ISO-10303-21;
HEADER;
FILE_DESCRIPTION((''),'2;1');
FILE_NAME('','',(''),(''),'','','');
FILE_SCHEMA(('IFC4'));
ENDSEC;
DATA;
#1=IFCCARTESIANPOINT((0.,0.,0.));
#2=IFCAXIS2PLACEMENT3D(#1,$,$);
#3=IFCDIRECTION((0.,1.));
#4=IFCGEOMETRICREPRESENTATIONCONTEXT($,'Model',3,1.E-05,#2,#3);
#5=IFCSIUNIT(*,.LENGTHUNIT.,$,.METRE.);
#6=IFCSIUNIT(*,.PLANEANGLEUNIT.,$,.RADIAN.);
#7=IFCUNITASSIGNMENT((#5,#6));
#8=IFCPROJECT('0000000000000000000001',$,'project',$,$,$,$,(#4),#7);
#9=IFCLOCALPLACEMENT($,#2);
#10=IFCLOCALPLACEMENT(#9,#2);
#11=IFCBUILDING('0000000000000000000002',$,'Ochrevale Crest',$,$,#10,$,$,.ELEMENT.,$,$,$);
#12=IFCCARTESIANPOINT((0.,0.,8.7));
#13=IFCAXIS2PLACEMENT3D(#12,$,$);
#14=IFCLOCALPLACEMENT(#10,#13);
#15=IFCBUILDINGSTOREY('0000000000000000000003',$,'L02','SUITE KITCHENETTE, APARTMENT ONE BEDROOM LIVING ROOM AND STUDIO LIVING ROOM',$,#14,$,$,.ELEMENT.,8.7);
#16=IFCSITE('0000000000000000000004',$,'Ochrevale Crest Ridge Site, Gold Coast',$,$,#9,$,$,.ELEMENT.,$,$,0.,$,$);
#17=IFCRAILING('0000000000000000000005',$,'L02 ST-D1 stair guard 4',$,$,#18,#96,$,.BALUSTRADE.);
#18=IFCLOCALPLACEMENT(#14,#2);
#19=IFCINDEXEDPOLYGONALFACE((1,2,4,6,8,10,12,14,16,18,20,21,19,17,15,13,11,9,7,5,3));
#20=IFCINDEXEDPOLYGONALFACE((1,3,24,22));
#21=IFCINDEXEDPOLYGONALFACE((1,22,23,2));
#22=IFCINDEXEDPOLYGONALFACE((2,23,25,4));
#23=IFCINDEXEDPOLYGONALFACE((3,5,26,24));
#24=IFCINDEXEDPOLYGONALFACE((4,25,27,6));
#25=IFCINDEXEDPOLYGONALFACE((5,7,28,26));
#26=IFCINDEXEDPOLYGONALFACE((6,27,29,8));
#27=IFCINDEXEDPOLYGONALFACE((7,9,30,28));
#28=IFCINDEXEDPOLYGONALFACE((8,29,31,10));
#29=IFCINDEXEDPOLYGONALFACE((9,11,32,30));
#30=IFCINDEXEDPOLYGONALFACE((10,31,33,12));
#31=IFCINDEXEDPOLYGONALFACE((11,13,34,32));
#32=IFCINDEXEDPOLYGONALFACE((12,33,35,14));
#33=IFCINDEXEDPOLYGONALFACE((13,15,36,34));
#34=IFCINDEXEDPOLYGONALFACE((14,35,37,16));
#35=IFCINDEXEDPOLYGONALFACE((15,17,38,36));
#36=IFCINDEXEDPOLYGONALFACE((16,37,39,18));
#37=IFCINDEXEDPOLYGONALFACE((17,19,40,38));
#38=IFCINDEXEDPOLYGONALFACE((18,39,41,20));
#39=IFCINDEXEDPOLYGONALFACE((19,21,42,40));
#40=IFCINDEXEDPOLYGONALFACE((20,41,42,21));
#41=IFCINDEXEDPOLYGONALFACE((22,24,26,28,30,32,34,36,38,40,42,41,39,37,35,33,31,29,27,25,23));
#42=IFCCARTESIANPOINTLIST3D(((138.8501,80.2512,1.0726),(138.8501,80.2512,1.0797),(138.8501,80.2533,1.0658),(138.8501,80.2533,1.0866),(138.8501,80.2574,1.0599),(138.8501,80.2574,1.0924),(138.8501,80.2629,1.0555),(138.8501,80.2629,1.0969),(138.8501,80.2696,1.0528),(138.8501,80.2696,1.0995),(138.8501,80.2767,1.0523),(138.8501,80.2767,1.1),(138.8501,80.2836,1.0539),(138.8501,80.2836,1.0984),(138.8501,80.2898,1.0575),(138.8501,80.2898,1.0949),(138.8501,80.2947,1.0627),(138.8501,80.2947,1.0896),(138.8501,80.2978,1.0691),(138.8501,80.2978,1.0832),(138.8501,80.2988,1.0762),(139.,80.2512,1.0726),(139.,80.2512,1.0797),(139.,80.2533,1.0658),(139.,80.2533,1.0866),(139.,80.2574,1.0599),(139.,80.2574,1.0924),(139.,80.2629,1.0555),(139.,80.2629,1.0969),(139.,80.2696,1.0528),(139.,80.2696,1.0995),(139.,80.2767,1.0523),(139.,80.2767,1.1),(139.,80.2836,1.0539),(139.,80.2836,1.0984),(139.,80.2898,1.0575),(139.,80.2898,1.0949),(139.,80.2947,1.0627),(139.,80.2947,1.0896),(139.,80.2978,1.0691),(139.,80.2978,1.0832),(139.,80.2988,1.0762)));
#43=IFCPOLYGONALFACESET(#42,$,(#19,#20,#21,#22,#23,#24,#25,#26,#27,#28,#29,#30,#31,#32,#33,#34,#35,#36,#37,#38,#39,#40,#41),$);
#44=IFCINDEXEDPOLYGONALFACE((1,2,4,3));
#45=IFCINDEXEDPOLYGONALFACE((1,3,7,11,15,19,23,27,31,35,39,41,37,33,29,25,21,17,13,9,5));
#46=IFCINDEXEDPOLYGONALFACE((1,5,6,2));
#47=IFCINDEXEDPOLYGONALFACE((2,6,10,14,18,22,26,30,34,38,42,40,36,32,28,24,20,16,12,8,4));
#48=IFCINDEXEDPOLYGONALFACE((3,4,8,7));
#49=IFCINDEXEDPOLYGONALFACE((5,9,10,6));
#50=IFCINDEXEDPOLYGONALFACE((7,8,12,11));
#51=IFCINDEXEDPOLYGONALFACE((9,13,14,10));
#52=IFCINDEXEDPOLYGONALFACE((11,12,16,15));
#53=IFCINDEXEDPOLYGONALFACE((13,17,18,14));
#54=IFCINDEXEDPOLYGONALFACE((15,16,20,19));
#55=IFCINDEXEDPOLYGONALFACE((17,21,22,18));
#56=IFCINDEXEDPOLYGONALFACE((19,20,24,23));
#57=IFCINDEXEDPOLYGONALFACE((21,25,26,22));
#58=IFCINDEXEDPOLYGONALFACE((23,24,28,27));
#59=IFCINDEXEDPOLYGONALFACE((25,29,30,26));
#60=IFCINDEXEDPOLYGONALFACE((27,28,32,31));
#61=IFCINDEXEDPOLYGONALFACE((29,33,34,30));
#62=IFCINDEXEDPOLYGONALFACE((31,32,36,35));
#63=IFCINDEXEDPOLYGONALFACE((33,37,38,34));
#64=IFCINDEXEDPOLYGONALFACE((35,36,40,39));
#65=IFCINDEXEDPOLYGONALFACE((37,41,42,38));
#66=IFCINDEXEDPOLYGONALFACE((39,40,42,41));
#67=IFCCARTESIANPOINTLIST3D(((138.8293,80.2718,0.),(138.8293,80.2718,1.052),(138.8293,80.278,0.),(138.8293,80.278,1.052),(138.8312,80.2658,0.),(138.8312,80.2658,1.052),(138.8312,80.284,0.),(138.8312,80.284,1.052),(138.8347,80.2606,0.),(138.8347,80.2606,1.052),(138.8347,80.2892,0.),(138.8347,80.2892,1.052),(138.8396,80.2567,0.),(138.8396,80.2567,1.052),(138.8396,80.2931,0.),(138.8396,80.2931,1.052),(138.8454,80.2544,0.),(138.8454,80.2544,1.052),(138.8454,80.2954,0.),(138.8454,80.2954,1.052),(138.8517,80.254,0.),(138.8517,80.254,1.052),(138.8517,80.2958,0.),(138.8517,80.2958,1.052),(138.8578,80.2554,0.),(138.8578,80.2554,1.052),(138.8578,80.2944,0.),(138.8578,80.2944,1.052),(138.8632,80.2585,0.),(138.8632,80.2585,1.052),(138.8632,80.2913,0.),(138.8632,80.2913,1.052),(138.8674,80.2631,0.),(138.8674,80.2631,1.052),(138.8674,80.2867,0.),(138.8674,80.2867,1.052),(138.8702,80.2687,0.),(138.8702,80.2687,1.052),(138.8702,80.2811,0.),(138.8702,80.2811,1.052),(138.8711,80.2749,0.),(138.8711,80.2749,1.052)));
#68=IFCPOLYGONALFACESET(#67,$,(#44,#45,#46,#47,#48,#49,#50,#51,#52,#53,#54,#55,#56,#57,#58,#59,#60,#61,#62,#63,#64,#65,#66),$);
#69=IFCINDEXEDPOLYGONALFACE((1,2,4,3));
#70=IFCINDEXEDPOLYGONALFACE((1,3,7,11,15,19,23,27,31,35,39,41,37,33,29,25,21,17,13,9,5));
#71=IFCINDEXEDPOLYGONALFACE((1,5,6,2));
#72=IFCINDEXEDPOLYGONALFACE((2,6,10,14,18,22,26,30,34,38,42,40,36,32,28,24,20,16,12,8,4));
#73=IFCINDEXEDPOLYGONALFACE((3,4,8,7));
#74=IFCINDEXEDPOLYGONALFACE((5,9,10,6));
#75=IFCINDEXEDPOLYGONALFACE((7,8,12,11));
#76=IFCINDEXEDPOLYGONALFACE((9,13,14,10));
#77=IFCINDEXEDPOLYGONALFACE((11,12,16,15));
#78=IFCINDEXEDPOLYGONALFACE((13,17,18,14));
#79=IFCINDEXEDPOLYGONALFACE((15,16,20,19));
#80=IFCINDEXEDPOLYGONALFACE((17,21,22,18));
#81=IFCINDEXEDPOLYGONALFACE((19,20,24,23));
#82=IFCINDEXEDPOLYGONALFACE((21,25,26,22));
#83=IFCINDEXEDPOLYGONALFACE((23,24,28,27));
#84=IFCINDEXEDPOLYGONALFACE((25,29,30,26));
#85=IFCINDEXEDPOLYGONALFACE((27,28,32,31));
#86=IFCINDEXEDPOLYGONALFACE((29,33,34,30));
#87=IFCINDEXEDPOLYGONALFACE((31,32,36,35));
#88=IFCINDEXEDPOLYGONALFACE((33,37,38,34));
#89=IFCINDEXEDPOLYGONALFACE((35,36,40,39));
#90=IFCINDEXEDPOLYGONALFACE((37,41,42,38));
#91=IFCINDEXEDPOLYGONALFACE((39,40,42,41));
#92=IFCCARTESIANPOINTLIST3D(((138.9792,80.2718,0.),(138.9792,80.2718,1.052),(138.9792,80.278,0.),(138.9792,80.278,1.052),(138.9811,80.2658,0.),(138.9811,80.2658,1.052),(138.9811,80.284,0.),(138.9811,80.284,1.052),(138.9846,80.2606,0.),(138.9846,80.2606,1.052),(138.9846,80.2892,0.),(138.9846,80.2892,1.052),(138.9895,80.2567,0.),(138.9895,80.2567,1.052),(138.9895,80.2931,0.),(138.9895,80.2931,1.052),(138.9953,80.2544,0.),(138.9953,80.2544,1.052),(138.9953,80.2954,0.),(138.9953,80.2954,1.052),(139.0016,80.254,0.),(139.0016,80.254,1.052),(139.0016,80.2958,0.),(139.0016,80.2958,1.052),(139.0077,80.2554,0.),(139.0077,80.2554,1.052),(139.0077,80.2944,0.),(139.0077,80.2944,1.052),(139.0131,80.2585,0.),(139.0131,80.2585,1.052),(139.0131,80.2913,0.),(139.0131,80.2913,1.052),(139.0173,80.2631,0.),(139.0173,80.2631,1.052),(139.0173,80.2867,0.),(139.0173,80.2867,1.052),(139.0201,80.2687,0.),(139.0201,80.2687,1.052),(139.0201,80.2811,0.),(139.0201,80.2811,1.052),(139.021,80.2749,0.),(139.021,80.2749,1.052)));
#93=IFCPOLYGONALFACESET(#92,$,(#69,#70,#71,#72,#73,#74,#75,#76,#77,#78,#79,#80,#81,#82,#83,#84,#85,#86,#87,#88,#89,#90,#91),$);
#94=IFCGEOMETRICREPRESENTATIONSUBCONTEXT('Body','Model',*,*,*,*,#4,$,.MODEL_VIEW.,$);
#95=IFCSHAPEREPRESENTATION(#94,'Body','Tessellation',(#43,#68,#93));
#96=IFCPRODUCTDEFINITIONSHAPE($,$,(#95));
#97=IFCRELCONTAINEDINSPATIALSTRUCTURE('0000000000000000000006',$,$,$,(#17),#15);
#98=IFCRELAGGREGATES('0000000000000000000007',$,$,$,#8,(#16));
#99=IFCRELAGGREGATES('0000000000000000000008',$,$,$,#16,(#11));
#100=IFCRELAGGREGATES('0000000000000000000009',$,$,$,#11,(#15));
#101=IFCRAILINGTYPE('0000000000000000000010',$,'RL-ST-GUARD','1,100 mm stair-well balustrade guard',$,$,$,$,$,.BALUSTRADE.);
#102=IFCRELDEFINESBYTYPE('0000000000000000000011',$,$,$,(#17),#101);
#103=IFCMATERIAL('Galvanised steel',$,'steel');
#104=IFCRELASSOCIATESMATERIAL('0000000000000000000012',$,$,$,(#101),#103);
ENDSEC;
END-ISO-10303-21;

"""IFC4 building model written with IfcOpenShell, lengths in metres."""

from ifc_helpers import new_model, si_unit, direction, frame, origin, origin_2d, place, context, subcontext, project, spatial, circle, extrude, material, type_object, element, save


model = new_model("IFC4")

# Units and contexts
model_context = context("Model", 3, precision=1e-05, world=origin(), true_north=direction((0.0, 1.0)))
body_context = subcontext(model_context, "Body", "Model", "MODEL_VIEW")
ifc_project = project(units=[si_unit("LENGTHUNIT", "METRE"), si_unit("PLANEANGLEUNIT", "RADIAN")], contexts=[model_context])

# Site, building, storey
site_placement = place(None, origin())
site = spatial("IfcSite", under=ifc_project, at=site_placement, Name="Ochrevale Crest Ridge Site, Gold Coast", CompositionType="ELEMENT", RefElevation=0.0)
building_placement = place(site_placement, origin())
building = spatial("IfcBuilding", under=site, at=building_placement, Name="Ochrevale Crest", CompositionType="ELEMENT")
storey_placement = place(building_placement, frame((0.0, 0.0, 8.7)))
storey = spatial("IfcBuildingStorey", under=building, at=storey_placement, Name="L02", Description="SUITE KITCHENETTE, APARTMENT ONE BEDROOM LIVING ROOM AND STUDIO LIVING ROOM", CompositionType="ELEMENT", Elevation=8.7)

# Railing
ifc_material_1 = material(Name="Galvanised steel", Category="steel")
railing_type_1 = type_object("IfcRailingType", Name="RL-ST-GUARD", Description="1,100 mm stair-well balustrade guard", PredefinedType="BALUSTRADE", material=ifc_material_1)
railing_1_placement = place(storey_placement, frame((138.8501, 80.2749, 0.0)))
element("IfcRailing", 1, at=railing_1_placement, inside=storey, type_object=railing_type_1, Name="L02 ST-D1 stair guard 4", PredefinedType="BALUSTRADE", context=body_context, shape_type="SweptSolid", body=[
    extrude(circle(Radius=0.0239, at=origin_2d()), frame((0.0, 0.0, 1.0762), z_axis=(1.0, 0.0, 0.0), x_axis=(0.0, 1.0, 0.0)), (0.0, 0.0, 1.0), 0.1499),
    extrude(circle(Radius=0.021, at=origin_2d()), origin(), (0.0, 0.0, 1.0), 1.052),
    extrude(circle(Radius=0.021, at=origin_2d()), frame((0.1499, 0.0, 0.0)), (0.0, 0.0, 1.0), 1.052),
])

save(model, "model.ifc")
